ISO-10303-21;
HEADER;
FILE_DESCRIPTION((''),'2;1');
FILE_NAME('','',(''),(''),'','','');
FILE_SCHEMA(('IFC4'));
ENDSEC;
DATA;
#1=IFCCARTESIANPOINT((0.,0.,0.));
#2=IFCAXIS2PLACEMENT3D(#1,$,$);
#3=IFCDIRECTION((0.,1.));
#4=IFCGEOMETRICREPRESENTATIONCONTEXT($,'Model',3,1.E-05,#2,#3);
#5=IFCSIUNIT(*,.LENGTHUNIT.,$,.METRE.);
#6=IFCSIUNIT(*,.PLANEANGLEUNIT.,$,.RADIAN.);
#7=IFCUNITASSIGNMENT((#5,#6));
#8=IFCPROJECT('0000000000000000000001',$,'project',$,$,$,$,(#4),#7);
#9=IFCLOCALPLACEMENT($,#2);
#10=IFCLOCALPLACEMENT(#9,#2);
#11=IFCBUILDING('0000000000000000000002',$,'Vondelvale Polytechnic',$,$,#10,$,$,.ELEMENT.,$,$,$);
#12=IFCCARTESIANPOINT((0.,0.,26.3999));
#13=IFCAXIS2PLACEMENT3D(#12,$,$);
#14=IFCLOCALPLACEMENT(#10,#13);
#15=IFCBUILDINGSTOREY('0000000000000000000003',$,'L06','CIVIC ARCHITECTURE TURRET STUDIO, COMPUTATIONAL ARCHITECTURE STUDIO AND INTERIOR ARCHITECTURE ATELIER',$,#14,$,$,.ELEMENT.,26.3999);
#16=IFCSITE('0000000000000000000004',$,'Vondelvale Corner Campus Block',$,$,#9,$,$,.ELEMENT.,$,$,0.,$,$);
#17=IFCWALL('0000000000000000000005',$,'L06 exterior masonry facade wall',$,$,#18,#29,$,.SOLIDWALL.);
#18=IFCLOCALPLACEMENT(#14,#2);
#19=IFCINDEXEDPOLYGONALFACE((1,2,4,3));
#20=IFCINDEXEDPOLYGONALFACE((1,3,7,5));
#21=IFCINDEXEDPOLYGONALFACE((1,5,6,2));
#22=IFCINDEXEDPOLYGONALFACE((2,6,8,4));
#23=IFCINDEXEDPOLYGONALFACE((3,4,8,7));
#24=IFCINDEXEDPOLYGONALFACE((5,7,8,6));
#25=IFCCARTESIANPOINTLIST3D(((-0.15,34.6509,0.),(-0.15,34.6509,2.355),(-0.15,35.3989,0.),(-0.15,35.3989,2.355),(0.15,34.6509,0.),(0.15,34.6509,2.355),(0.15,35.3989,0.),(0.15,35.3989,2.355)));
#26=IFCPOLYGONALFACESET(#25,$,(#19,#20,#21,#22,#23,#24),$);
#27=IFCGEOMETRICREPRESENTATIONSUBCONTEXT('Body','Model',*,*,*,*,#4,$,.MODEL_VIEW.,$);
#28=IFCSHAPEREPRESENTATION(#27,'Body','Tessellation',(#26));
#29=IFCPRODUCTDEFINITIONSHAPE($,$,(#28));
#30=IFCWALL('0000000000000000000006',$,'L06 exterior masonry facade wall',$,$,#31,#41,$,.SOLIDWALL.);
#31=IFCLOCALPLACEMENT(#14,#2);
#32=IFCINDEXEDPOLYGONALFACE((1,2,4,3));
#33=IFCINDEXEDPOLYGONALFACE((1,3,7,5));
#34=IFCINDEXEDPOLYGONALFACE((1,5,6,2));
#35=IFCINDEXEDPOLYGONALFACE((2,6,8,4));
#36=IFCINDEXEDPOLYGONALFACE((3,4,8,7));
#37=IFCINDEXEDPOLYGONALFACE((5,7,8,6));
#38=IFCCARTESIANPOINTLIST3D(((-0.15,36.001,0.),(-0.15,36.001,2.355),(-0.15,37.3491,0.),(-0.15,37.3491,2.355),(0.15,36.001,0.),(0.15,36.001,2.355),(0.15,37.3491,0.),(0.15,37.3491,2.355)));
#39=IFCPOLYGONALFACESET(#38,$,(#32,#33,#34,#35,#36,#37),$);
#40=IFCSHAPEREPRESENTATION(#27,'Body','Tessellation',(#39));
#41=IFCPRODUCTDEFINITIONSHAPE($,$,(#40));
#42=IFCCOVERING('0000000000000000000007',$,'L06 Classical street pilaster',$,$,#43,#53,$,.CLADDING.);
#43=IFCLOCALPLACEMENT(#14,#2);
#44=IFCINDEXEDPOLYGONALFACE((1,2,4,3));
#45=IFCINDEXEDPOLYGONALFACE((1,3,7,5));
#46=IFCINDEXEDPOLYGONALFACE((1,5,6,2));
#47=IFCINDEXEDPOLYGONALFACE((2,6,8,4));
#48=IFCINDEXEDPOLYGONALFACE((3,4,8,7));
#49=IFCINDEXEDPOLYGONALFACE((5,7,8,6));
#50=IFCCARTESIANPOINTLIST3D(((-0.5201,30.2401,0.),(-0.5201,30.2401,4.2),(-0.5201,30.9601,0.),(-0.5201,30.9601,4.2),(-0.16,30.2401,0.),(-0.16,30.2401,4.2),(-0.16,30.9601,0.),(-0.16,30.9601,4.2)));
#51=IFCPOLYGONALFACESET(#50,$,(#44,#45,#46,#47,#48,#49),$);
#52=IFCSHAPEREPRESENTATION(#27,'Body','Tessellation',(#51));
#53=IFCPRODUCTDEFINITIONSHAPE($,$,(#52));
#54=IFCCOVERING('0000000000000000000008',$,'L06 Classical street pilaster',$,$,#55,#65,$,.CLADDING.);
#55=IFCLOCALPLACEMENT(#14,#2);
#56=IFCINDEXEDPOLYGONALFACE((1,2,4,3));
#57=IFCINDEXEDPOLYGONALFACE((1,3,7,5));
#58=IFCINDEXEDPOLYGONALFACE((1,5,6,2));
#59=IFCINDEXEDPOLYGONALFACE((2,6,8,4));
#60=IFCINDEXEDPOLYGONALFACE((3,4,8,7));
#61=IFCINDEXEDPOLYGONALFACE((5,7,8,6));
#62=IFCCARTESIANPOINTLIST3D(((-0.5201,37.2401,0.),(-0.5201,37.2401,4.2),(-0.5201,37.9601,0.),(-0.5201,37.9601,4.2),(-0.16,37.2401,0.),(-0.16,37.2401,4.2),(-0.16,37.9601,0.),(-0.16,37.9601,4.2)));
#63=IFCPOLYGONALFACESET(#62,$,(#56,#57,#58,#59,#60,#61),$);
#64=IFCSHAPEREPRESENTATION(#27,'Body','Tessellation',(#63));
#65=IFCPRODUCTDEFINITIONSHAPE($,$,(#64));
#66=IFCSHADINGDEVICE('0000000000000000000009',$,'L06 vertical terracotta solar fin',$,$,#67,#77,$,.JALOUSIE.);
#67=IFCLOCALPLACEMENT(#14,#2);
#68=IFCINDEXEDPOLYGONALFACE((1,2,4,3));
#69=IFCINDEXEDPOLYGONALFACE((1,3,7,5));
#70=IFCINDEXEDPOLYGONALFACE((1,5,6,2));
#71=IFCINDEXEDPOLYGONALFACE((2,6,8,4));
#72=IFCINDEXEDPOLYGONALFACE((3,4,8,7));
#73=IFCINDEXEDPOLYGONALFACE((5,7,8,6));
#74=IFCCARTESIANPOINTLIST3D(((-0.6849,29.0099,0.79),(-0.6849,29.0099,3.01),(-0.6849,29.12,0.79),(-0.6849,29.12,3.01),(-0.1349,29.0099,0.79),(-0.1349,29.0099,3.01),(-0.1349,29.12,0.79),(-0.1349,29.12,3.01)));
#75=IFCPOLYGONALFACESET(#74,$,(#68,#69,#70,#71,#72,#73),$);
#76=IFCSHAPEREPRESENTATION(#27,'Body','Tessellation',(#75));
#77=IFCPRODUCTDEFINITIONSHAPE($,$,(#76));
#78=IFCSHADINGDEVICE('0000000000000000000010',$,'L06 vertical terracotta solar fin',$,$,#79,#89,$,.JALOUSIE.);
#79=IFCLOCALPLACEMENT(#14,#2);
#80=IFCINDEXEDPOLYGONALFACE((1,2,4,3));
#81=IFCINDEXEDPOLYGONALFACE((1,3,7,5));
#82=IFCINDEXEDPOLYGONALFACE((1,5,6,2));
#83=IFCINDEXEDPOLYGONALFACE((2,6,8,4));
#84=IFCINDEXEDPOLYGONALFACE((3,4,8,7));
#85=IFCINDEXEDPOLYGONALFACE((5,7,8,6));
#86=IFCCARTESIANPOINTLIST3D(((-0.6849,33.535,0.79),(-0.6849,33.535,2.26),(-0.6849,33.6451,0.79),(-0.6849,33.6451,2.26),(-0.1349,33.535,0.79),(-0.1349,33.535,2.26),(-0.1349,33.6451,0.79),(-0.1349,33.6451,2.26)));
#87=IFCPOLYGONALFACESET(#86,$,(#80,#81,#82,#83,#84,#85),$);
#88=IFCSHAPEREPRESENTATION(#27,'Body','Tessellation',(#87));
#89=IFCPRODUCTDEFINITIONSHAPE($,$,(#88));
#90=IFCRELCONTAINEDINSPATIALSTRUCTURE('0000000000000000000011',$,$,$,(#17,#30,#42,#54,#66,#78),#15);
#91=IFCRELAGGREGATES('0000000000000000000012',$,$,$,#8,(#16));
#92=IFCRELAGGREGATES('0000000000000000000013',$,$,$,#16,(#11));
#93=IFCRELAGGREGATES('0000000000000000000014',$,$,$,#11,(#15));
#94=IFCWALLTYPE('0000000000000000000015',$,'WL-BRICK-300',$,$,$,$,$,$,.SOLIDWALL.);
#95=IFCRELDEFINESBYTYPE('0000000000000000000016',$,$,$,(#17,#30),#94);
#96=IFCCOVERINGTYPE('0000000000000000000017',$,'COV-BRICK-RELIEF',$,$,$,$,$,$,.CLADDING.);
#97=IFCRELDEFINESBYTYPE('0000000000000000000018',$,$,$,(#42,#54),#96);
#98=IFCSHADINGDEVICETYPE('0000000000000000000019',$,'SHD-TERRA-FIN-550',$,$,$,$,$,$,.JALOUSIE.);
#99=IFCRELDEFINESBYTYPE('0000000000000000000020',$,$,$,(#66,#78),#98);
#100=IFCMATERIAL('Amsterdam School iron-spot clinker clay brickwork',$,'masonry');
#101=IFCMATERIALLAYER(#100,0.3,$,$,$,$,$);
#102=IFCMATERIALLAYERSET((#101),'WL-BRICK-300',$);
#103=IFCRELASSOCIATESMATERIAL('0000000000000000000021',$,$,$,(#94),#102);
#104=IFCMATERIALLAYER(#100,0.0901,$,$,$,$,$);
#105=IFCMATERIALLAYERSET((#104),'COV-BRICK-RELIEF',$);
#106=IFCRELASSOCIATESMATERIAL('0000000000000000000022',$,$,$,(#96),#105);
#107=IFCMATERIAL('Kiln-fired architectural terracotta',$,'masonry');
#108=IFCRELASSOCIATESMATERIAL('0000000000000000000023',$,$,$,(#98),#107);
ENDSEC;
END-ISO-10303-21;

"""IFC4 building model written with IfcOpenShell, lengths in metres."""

from ifc_helpers import new_model, si_unit, direction, frame, frame_2d, origin, origin_2d, place, context, subcontext, project, spatial, rectangle, extrude, material, layer, layer_set, type_object, element, save


model = new_model("IFC4")

# Units and contexts
model_context = context("Model", 3, precision=1e-05, world=origin(), true_north=direction((0.0, 1.0)))
body_context = subcontext(model_context, "Body", "Model", "MODEL_VIEW")
ifc_project = project(units=[si_unit("LENGTHUNIT", "METRE"), si_unit("PLANEANGLEUNIT", "RADIAN")], contexts=[model_context])

# Site, building, storey
site_placement = place(None, origin())
site = spatial("IfcSite", under=ifc_project, at=site_placement, Name="Vondelvale Corner Campus Block", CompositionType="ELEMENT", RefElevation=0.0)
building_placement = place(site_placement, origin())
building = spatial("IfcBuilding", under=site, at=building_placement, Name="Vondelvale Polytechnic", CompositionType="ELEMENT")
storey_placement = place(building_placement, frame((0.0, 0.0, 26.3999)))
storey = spatial("IfcBuildingStorey", under=building, at=storey_placement, Name="L06", Description="CIVIC ARCHITECTURE TURRET STUDIO, COMPUTATIONAL ARCHITECTURE STUDIO AND INTERIOR ARCHITECTURE ATELIER", CompositionType="ELEMENT", Elevation=26.3999)

# Shared definitions
ifc_material_1 = material(Name="Amsterdam School iron-spot clinker clay brickwork", Category="masonry")
ifc_layer_1 = layer(ifc_material_1, 0.3)
ifc_layer_set_1 = layer_set([ifc_layer_1], Name="WL-BRICK-300")
wall_type = type_object("IfcWallType", Name="WL-BRICK-300", PredefinedType="SOLIDWALL", material=ifc_layer_set_1)

# Walls
wall_1_placement = place(storey_placement, frame((0.0, 34.6509, 0.0), z_axis=(0.0, 0.0, 1.0), x_axis=(0.0, 1.0, 0.0)))
element("IfcWall", 1, at=wall_1_placement, inside=storey, type_object=wall_type, Name="L06 exterior masonry facade wall", PredefinedType="SOLIDWALL", context=body_context, shape_type="SweptSolid", body=[
    extrude(rectangle(XDim=0.748, YDim=0.3, at=frame_2d((0.374, 0.0))), origin(), (0.0, 0.0, 1.0), 2.355),
])
wall_2_placement = place(storey_placement, frame((0.0, 36.001, 0.0), z_axis=(0.0, 0.0, 1.0), x_axis=(0.0, 1.0, 0.0)))
element("IfcWall", 2, at=wall_2_placement, inside=storey, type_object=wall_type, Name="L06 exterior masonry facade wall", PredefinedType="SOLIDWALL", context=body_context, shape_type="SweptSolid", body=[
    extrude(rectangle(XDim=1.3481, YDim=0.3, at=frame_2d((0.6741, 0.0))), origin(), (0.0, 0.0, 1.0), 2.355),
])

# Coverings
ifc_layer_2 = layer(ifc_material_1, 0.0901)
ifc_layer_set_2 = layer_set([ifc_layer_2], Name="COV-BRICK-RELIEF")
covering_type = type_object("IfcCoveringType", Name="COV-BRICK-RELIEF", PredefinedType="CLADDING", material=ifc_layer_set_2)
for number, where, z_axis, x_axis, name in (
    (3, (-0.3401, 30.6001, 0.0), (0.0, 0.0, 1.0), (1.0, 0.0, 0.0), "L06 Classical street pilaster"),
    (4, (-0.3401, 37.6001, 0.0), (0.0, 0.0, 1.0), (1.0, 0.0, 0.0), "L06 Classical street pilaster"),
):
    element("IfcCovering", number, at=place(storey_placement, frame(where, z_axis=z_axis, x_axis=x_axis)), inside=storey, type_object=covering_type, Name=name, PredefinedType="CLADDING", context=body_context, shape_type="SweptSolid", body=[
        extrude(rectangle(XDim=0.3601, YDim=0.72, at=origin_2d()), origin(), (0.0, 0.0, 1.0), 4.2),
    ])

# Shading devices
ifc_material_2 = material(Name="Kiln-fired architectural terracotta", Category="masonry")
shading_device_type = type_object("IfcShadingDeviceType", Name="SHD-TERRA-FIN-550", PredefinedType="JALOUSIE", material=ifc_material_2)
shading_device_1_placement = place(storey_placement, frame((-0.4099, 29.0649, 0.79), z_axis=(0.0, 0.0, 1.0), x_axis=(0.0, 1.0, 0.0)))
element("IfcShadingDevice", 5, at=shading_device_1_placement, inside=storey, type_object=shading_device_type, Name="L06 vertical terracotta solar fin", PredefinedType="JALOUSIE", context=body_context, shape_type="SweptSolid", body=[
    extrude(rectangle(XDim=0.1101, YDim=0.55, at=origin_2d()), origin(), (0.0, 0.0, 1.0), 2.22),
])
shading_device_2_placement = place(storey_placement, frame((-0.4099, 33.5901, 0.79), z_axis=(0.0, 0.0, 1.0), x_axis=(0.0, 1.0, 0.0)))
element("IfcShadingDevice", 6, at=shading_device_2_placement, inside=storey, type_object=shading_device_type, Name="L06 vertical terracotta solar fin", PredefinedType="JALOUSIE", context=body_context, shape_type="SweptSolid", body=[
    extrude(rectangle(XDim=0.1101, YDim=0.55, at=origin_2d()), origin(), (0.0, 0.0, 1.0), 1.47),
])

save(model, "model.ifc")
